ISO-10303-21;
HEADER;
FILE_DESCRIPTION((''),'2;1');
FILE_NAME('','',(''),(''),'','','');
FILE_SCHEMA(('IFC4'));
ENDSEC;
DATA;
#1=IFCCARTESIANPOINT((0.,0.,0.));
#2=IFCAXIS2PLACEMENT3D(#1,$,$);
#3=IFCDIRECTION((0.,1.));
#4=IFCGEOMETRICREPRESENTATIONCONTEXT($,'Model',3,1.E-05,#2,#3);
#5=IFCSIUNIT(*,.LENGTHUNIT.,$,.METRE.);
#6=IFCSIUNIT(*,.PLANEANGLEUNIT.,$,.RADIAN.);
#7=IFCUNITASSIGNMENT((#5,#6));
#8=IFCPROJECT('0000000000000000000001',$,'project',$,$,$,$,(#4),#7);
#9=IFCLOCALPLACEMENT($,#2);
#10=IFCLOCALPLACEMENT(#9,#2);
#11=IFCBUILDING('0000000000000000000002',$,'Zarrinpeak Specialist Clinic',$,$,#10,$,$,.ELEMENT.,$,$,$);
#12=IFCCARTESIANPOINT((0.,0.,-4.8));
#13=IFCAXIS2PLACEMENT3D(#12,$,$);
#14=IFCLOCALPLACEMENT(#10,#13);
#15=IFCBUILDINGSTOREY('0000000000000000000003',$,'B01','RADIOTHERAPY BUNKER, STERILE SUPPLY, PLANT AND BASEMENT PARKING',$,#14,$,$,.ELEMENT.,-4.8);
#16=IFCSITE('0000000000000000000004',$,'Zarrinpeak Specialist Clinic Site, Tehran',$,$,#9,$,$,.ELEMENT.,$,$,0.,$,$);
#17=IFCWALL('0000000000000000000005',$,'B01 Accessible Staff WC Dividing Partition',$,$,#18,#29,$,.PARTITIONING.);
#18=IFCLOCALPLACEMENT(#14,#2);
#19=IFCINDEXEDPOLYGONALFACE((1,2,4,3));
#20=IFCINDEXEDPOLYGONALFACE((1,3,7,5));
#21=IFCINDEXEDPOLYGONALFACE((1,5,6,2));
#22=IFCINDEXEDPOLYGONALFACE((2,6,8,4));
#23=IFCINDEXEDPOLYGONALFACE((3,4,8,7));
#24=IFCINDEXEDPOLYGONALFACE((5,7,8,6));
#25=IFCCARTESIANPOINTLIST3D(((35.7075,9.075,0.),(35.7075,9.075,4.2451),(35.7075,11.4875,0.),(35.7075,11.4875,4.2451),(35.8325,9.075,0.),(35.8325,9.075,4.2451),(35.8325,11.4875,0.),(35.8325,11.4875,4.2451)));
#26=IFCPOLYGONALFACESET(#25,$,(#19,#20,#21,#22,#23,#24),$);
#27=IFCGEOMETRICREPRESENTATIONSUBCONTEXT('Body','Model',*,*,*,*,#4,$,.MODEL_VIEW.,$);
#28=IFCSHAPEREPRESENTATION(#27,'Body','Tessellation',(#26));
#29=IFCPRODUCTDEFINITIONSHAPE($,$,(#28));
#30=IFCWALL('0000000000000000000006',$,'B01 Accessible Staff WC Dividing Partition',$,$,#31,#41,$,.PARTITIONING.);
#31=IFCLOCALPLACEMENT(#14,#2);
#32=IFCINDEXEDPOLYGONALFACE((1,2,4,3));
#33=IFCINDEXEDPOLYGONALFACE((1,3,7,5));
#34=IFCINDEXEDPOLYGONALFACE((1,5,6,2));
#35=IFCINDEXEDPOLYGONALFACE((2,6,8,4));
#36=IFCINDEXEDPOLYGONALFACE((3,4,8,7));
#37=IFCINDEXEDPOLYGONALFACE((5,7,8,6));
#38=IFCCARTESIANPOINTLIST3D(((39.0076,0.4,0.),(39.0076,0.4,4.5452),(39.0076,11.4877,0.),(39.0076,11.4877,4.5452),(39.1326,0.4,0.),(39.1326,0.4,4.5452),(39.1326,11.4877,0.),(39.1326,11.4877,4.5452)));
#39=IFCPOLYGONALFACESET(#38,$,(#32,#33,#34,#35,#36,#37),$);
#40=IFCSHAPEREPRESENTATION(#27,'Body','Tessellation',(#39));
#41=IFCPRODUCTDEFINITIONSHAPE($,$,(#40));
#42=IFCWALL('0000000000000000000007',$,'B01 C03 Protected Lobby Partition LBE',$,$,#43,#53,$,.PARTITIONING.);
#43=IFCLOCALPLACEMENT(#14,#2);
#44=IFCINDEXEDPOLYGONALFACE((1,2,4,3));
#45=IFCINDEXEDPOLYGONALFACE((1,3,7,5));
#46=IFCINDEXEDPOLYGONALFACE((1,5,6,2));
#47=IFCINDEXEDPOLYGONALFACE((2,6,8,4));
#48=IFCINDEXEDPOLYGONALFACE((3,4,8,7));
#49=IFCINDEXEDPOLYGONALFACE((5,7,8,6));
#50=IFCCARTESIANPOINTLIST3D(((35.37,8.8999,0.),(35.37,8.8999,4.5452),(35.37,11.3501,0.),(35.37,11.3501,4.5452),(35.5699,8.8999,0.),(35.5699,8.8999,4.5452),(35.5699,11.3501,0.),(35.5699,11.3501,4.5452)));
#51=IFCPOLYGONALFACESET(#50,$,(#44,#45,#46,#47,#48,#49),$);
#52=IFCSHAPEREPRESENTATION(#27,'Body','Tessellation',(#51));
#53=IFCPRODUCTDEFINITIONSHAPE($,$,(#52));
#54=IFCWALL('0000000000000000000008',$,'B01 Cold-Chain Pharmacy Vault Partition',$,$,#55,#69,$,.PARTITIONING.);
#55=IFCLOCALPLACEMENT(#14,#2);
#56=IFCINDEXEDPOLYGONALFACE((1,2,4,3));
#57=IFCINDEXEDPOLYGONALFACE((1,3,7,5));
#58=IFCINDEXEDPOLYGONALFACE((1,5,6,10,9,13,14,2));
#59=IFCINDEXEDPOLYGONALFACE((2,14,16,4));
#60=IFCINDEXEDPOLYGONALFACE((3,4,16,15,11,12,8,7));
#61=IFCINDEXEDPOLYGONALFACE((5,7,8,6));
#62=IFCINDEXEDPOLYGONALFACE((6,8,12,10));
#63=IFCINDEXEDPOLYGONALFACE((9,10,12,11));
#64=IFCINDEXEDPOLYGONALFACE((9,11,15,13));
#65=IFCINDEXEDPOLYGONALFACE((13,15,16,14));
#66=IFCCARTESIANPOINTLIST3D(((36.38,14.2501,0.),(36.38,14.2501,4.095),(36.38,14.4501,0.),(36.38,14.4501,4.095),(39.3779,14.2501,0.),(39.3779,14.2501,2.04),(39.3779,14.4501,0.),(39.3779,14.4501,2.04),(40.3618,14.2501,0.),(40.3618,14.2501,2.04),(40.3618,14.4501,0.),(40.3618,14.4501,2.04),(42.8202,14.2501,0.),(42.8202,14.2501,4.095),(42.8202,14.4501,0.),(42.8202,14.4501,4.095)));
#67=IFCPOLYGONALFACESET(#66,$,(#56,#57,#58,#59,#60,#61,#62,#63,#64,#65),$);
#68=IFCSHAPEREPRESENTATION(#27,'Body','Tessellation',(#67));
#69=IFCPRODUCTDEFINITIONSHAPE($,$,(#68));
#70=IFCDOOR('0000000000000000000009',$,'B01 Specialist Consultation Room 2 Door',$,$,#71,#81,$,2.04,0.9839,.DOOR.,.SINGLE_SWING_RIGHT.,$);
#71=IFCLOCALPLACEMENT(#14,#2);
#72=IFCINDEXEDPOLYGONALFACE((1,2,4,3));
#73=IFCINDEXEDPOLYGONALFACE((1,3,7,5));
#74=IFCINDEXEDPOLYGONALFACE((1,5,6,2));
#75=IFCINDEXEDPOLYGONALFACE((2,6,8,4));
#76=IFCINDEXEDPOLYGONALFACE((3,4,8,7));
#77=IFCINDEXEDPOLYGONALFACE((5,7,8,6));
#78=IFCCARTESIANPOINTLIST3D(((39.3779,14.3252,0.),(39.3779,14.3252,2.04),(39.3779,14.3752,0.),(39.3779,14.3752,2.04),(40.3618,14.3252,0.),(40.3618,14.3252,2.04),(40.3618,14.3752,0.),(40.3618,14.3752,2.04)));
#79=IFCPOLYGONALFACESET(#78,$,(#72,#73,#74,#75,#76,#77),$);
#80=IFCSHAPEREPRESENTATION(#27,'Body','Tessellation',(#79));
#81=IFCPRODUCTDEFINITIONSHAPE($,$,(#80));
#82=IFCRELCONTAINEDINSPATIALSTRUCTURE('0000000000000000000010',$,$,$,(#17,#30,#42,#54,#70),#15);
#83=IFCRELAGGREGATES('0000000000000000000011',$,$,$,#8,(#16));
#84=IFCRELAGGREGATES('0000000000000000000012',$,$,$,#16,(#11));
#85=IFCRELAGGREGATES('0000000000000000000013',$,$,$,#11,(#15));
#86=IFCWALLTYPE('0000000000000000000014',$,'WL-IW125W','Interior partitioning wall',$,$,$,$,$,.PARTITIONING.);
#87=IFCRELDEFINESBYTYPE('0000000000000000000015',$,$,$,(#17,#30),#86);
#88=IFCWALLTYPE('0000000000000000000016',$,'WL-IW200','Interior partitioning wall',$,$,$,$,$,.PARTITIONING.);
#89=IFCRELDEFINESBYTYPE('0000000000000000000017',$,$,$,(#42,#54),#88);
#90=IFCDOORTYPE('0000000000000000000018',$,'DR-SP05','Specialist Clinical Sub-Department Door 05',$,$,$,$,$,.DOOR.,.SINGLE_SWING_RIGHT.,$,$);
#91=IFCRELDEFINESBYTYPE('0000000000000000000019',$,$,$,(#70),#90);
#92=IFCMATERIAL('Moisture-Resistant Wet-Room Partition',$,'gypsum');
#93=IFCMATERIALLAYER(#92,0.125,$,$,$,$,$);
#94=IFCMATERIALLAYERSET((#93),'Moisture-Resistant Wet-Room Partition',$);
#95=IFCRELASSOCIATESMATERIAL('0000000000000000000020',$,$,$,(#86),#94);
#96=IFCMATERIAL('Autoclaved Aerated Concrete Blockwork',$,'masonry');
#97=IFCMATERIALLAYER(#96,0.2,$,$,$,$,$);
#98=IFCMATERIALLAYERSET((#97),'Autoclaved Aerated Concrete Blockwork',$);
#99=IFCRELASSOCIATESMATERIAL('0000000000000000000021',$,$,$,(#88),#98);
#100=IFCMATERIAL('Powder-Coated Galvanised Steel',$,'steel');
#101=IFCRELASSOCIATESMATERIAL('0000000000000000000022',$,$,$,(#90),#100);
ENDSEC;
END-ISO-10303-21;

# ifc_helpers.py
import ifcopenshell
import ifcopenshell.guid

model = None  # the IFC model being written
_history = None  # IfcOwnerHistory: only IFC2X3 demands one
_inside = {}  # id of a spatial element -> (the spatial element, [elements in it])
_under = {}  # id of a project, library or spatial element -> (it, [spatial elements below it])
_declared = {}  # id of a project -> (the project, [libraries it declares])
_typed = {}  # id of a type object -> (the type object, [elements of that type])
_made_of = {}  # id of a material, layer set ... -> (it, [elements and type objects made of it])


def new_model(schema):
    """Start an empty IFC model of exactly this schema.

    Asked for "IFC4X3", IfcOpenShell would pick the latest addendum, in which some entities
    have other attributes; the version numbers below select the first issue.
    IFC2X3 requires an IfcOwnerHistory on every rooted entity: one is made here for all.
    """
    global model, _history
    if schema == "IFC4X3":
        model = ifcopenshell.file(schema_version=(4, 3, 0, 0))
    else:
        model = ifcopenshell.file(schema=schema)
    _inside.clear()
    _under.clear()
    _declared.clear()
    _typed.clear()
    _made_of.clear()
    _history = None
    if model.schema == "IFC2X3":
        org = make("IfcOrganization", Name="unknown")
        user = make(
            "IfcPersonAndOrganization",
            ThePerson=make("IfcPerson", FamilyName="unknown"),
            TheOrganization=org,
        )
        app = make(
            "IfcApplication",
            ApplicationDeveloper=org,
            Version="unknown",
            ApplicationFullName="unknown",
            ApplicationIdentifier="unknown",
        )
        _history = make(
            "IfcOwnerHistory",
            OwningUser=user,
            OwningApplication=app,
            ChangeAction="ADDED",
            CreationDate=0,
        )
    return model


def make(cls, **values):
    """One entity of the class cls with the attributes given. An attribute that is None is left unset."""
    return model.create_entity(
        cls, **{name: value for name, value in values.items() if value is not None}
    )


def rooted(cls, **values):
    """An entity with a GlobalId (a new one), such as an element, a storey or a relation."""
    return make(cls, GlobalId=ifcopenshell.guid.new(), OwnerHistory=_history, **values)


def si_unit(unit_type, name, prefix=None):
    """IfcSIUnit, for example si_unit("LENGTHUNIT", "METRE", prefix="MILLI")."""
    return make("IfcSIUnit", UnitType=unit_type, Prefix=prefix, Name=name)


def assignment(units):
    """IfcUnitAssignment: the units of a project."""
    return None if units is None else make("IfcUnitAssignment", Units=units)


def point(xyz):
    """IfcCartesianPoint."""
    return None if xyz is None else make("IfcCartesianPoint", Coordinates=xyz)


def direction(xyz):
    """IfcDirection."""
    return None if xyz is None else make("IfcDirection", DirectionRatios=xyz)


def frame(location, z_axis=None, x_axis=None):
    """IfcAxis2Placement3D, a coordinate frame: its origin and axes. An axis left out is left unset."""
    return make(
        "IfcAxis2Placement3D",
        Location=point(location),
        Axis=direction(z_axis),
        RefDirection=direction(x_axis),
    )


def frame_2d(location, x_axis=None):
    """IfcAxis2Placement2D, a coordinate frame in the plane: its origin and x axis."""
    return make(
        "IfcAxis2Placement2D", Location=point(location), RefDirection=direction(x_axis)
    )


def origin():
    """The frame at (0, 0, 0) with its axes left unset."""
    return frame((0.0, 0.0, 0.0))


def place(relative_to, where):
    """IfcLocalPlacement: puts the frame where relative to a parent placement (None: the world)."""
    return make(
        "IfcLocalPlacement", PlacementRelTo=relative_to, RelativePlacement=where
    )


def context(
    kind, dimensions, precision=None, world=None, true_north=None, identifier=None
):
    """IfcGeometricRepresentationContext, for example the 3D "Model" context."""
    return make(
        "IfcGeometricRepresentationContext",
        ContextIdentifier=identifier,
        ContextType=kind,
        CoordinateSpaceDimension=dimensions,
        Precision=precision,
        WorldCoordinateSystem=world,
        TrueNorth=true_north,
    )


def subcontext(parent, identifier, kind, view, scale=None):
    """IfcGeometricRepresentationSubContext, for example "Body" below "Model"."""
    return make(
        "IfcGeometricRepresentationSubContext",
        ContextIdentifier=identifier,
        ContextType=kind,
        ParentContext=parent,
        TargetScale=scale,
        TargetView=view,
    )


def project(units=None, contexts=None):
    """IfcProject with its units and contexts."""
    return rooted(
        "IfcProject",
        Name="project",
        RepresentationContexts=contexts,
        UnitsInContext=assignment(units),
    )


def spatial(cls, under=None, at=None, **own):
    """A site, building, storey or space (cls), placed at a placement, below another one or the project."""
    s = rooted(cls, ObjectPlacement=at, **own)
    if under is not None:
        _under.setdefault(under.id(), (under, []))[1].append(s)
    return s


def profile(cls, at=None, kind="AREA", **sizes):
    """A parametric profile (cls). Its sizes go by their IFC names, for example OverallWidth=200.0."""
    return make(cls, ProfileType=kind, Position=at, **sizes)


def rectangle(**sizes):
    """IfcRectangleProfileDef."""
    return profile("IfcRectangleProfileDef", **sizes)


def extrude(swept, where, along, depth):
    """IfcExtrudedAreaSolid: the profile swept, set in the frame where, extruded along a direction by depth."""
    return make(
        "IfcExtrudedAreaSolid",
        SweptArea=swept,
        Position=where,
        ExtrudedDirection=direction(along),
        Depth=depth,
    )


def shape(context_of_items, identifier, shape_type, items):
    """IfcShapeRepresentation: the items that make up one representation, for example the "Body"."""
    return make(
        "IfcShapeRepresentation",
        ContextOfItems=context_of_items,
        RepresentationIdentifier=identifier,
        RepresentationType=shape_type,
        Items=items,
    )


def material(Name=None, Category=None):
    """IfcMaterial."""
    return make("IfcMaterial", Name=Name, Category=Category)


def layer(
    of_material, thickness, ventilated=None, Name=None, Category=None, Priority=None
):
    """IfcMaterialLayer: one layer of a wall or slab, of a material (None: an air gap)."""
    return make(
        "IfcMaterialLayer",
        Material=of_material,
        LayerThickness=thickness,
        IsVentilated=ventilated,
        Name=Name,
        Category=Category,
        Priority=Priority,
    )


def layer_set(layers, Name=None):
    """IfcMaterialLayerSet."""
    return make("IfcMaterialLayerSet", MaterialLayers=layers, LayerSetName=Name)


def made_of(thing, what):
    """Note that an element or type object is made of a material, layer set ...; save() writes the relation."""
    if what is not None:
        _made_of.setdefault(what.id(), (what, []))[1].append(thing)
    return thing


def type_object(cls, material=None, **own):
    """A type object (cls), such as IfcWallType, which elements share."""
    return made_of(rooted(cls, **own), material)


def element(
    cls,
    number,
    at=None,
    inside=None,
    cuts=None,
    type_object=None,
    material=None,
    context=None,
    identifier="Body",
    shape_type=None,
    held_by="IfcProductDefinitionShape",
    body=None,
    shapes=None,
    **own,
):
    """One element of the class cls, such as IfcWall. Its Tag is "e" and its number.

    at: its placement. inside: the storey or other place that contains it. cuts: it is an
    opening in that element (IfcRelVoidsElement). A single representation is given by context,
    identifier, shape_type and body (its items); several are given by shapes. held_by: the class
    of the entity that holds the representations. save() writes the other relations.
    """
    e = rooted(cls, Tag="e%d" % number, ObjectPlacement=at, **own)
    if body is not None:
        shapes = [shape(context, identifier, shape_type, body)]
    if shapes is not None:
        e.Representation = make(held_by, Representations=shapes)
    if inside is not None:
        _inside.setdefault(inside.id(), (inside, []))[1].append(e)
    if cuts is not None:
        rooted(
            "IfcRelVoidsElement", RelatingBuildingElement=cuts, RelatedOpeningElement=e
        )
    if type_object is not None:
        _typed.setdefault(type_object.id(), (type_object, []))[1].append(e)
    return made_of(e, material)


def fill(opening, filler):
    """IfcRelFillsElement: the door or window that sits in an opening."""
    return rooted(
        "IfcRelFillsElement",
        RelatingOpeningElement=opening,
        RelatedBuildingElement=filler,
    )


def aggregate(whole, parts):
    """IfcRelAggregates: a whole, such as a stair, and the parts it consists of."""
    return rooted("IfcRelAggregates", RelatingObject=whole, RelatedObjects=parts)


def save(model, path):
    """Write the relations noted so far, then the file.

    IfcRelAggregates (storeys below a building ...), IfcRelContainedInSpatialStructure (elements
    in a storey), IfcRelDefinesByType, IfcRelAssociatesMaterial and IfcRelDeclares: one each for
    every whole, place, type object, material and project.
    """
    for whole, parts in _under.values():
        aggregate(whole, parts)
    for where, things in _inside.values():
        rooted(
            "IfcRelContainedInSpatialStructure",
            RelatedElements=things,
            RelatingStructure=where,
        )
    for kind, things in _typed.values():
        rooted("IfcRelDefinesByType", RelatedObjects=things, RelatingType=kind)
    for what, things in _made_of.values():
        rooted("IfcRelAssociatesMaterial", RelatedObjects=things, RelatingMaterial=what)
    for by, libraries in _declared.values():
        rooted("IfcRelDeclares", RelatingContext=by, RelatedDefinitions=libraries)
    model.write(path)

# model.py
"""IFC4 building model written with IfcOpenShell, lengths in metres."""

from ifc_helpers import new_model, si_unit, direction, frame, frame_2d, origin, place, context, subcontext, project, spatial, rectangle, extrude, material, layer, layer_set, type_object, element, fill, save


model = new_model("IFC4")

# Units and contexts
model_context = context("Model", 3, precision=1e-05, world=origin(), true_north=direction((0.0, 1.0)))
body_context = subcontext(model_context, "Body", "Model", "MODEL_VIEW")
ifc_project = project(units=[si_unit("LENGTHUNIT", "METRE"), si_unit("PLANEANGLEUNIT", "RADIAN")], contexts=[model_context])

# Site, building, storey
site_placement = place(None, origin())
site = spatial("IfcSite", under=ifc_project, at=site_placement, Name="Zarrinpeak Specialist Clinic Site, Tehran", CompositionType="ELEMENT", RefElevation=0.0)
building_placement = place(site_placement, origin())
building = spatial("IfcBuilding", under=site, at=building_placement, Name="Zarrinpeak Specialist Clinic", CompositionType="ELEMENT")
storey_placement = place(building_placement, frame((0.0, 0.0, -4.8)))
storey = spatial("IfcBuildingStorey", under=building, at=storey_placement, Name="B01", Description="RADIOTHERAPY BUNKER, STERILE SUPPLY, PLANT AND BASEMENT PARKING", CompositionType="ELEMENT", Elevation=-4.8)

# Shared definitions
ifc_material_1 = material(Name="Moisture-Resistant Wet-Room Partition", Category="gypsum")
ifc_layer_1 = layer(ifc_material_1, 0.125)
ifc_layer_set_1 = layer_set([ifc_layer_1], Name="Moisture-Resistant Wet-Room Partition")
wall_type_1 = type_object("IfcWallType", Name="WL-IW125W", Description="Interior partitioning wall", PredefinedType="PARTITIONING", material=ifc_layer_set_1)
ifc_material_2 = material(Name="Powder-Coated Galvanised Steel", Category="steel")

# Walls
wall_1_placement = place(storey_placement, frame((35.77, 9.075, 0.0), z_axis=(0.0, 0.0, 1.0), x_axis=(0.0, 1.0, 0.0)))
element("IfcWall", 1, at=wall_1_placement, inside=storey, type_object=wall_type_1, Name="B01 Accessible Staff WC Dividing Partition", PredefinedType="PARTITIONING", context=body_context, shape_type="SweptSolid", body=[
    extrude(rectangle(XDim=2.4126, YDim=0.125, at=frame_2d((1.2063, 0.0))), origin(), (0.0, 0.0, 1.0), 4.2451),
])
wall_2_placement = place(storey_placement, frame((39.0701, 0.3999, 0.0), z_axis=(0.0, 0.0, 1.0), x_axis=(0.0, 1.0, 0.0)))
element("IfcWall", 2, at=wall_2_placement, inside=storey, type_object=wall_type_1, Name="B01 Accessible Staff WC Dividing Partition", PredefinedType="PARTITIONING", context=body_context, shape_type="SweptSolid", body=[
    extrude(rectangle(XDim=11.0876, YDim=0.125, at=frame_2d((5.5439, 0.0))), origin(), (0.0, 0.0, 1.0), 4.5452),
])
ifc_material_3 = material(Name="Autoclaved Aerated Concrete Blockwork", Category="masonry")
ifc_layer_2 = layer(ifc_material_3, 0.2)
ifc_layer_set_2 = layer_set([ifc_layer_2], Name="Autoclaved Aerated Concrete Blockwork")
wall_type_2 = type_object("IfcWallType", Name="WL-IW200", Description="Interior partitioning wall", PredefinedType="PARTITIONING", material=ifc_layer_set_2)
wall_3_placement = place(storey_placement, frame((35.47, 8.8999, 0.0), z_axis=(0.0, 0.0, 1.0), x_axis=(0.0, 1.0, 0.0)))
element("IfcWall", 3, at=wall_3_placement, inside=storey, type_object=wall_type_2, Name="B01 C03 Protected Lobby Partition LBE", PredefinedType="PARTITIONING", context=body_context, shape_type="SweptSolid", body=[
    extrude(rectangle(XDim=2.4502, YDim=0.2, at=frame_2d((1.2251, 0.0))), origin(), (0.0, 0.0, 1.0), 4.5452),
])

# Wall, opening, door
wall_4_placement = place(storey_placement, frame((36.3799, 14.3501, 0.0), z_axis=(0.0, 0.0, 1.0), x_axis=(1.0, 0.0, 0.0)))
wall_4 = element("IfcWall", 4, at=wall_4_placement, inside=storey, type_object=wall_type_2, Name="B01 Cold-Chain Pharmacy Vault Partition", PredefinedType="PARTITIONING", context=body_context, shape_type="SweptSolid", body=[
    extrude(rectangle(XDim=6.4402, YDim=0.2, at=frame_2d((3.2202, 0.0))), origin(), (0.0, 0.0, 1.0), 4.095),
])
opening_1_placement = place(wall_4_placement, frame((2.998, 0.0, 0.0)))
opening_1 = element("IfcOpeningElement", 5, at=opening_1_placement, cuts=wall_4, PredefinedType="OPENING", context=body_context, shape_type="SweptSolid", body=[
    extrude(rectangle(XDim=0.9839, YDim=2.04, at=frame_2d((0.4919, 1.02))), frame((0.0, 0.1099, 0.0), z_axis=(0.0, -1.0, 0.0), x_axis=(1.0, 0.0, 0.0)), (0.0, 0.0, 1.0), 0.22),
])
door_type_1 = type_object("IfcDoorType", Name="DR-SP05", Description="Specialist Clinical Sub-Department Door 05", OperationType="SINGLE_SWING_RIGHT", PredefinedType="DOOR", material=ifc_material_2)
door_1_placement = place(opening_1_placement, frame((0.9839, 0.0, 0.0), z_axis=(0.0, 0.0, 1.0), x_axis=(-1.0, 0.0, 0.0)))
door_1 = element("IfcDoor", 6, at=door_1_placement, inside=storey, type_object=door_type_1, Name="B01 Specialist Consultation Room 2 Door", OperationType="SINGLE_SWING_RIGHT", OverallHeight=2.04, OverallWidth=0.9839, PredefinedType="DOOR", context=body_context, shape_type="SweptSolid", body=[
    extrude(rectangle(XDim=0.9839, YDim=2.04, at=frame_2d((0.4919, 1.02))), frame((0.0, 0.0249, 0.0), z_axis=(0.0, -1.0, 0.0), x_axis=(1.0, 0.0, 0.0)), (0.0, 0.0, 1.0), 0.05),
])
fill(opening_1, door_1)

save(model, "model.ifc")
